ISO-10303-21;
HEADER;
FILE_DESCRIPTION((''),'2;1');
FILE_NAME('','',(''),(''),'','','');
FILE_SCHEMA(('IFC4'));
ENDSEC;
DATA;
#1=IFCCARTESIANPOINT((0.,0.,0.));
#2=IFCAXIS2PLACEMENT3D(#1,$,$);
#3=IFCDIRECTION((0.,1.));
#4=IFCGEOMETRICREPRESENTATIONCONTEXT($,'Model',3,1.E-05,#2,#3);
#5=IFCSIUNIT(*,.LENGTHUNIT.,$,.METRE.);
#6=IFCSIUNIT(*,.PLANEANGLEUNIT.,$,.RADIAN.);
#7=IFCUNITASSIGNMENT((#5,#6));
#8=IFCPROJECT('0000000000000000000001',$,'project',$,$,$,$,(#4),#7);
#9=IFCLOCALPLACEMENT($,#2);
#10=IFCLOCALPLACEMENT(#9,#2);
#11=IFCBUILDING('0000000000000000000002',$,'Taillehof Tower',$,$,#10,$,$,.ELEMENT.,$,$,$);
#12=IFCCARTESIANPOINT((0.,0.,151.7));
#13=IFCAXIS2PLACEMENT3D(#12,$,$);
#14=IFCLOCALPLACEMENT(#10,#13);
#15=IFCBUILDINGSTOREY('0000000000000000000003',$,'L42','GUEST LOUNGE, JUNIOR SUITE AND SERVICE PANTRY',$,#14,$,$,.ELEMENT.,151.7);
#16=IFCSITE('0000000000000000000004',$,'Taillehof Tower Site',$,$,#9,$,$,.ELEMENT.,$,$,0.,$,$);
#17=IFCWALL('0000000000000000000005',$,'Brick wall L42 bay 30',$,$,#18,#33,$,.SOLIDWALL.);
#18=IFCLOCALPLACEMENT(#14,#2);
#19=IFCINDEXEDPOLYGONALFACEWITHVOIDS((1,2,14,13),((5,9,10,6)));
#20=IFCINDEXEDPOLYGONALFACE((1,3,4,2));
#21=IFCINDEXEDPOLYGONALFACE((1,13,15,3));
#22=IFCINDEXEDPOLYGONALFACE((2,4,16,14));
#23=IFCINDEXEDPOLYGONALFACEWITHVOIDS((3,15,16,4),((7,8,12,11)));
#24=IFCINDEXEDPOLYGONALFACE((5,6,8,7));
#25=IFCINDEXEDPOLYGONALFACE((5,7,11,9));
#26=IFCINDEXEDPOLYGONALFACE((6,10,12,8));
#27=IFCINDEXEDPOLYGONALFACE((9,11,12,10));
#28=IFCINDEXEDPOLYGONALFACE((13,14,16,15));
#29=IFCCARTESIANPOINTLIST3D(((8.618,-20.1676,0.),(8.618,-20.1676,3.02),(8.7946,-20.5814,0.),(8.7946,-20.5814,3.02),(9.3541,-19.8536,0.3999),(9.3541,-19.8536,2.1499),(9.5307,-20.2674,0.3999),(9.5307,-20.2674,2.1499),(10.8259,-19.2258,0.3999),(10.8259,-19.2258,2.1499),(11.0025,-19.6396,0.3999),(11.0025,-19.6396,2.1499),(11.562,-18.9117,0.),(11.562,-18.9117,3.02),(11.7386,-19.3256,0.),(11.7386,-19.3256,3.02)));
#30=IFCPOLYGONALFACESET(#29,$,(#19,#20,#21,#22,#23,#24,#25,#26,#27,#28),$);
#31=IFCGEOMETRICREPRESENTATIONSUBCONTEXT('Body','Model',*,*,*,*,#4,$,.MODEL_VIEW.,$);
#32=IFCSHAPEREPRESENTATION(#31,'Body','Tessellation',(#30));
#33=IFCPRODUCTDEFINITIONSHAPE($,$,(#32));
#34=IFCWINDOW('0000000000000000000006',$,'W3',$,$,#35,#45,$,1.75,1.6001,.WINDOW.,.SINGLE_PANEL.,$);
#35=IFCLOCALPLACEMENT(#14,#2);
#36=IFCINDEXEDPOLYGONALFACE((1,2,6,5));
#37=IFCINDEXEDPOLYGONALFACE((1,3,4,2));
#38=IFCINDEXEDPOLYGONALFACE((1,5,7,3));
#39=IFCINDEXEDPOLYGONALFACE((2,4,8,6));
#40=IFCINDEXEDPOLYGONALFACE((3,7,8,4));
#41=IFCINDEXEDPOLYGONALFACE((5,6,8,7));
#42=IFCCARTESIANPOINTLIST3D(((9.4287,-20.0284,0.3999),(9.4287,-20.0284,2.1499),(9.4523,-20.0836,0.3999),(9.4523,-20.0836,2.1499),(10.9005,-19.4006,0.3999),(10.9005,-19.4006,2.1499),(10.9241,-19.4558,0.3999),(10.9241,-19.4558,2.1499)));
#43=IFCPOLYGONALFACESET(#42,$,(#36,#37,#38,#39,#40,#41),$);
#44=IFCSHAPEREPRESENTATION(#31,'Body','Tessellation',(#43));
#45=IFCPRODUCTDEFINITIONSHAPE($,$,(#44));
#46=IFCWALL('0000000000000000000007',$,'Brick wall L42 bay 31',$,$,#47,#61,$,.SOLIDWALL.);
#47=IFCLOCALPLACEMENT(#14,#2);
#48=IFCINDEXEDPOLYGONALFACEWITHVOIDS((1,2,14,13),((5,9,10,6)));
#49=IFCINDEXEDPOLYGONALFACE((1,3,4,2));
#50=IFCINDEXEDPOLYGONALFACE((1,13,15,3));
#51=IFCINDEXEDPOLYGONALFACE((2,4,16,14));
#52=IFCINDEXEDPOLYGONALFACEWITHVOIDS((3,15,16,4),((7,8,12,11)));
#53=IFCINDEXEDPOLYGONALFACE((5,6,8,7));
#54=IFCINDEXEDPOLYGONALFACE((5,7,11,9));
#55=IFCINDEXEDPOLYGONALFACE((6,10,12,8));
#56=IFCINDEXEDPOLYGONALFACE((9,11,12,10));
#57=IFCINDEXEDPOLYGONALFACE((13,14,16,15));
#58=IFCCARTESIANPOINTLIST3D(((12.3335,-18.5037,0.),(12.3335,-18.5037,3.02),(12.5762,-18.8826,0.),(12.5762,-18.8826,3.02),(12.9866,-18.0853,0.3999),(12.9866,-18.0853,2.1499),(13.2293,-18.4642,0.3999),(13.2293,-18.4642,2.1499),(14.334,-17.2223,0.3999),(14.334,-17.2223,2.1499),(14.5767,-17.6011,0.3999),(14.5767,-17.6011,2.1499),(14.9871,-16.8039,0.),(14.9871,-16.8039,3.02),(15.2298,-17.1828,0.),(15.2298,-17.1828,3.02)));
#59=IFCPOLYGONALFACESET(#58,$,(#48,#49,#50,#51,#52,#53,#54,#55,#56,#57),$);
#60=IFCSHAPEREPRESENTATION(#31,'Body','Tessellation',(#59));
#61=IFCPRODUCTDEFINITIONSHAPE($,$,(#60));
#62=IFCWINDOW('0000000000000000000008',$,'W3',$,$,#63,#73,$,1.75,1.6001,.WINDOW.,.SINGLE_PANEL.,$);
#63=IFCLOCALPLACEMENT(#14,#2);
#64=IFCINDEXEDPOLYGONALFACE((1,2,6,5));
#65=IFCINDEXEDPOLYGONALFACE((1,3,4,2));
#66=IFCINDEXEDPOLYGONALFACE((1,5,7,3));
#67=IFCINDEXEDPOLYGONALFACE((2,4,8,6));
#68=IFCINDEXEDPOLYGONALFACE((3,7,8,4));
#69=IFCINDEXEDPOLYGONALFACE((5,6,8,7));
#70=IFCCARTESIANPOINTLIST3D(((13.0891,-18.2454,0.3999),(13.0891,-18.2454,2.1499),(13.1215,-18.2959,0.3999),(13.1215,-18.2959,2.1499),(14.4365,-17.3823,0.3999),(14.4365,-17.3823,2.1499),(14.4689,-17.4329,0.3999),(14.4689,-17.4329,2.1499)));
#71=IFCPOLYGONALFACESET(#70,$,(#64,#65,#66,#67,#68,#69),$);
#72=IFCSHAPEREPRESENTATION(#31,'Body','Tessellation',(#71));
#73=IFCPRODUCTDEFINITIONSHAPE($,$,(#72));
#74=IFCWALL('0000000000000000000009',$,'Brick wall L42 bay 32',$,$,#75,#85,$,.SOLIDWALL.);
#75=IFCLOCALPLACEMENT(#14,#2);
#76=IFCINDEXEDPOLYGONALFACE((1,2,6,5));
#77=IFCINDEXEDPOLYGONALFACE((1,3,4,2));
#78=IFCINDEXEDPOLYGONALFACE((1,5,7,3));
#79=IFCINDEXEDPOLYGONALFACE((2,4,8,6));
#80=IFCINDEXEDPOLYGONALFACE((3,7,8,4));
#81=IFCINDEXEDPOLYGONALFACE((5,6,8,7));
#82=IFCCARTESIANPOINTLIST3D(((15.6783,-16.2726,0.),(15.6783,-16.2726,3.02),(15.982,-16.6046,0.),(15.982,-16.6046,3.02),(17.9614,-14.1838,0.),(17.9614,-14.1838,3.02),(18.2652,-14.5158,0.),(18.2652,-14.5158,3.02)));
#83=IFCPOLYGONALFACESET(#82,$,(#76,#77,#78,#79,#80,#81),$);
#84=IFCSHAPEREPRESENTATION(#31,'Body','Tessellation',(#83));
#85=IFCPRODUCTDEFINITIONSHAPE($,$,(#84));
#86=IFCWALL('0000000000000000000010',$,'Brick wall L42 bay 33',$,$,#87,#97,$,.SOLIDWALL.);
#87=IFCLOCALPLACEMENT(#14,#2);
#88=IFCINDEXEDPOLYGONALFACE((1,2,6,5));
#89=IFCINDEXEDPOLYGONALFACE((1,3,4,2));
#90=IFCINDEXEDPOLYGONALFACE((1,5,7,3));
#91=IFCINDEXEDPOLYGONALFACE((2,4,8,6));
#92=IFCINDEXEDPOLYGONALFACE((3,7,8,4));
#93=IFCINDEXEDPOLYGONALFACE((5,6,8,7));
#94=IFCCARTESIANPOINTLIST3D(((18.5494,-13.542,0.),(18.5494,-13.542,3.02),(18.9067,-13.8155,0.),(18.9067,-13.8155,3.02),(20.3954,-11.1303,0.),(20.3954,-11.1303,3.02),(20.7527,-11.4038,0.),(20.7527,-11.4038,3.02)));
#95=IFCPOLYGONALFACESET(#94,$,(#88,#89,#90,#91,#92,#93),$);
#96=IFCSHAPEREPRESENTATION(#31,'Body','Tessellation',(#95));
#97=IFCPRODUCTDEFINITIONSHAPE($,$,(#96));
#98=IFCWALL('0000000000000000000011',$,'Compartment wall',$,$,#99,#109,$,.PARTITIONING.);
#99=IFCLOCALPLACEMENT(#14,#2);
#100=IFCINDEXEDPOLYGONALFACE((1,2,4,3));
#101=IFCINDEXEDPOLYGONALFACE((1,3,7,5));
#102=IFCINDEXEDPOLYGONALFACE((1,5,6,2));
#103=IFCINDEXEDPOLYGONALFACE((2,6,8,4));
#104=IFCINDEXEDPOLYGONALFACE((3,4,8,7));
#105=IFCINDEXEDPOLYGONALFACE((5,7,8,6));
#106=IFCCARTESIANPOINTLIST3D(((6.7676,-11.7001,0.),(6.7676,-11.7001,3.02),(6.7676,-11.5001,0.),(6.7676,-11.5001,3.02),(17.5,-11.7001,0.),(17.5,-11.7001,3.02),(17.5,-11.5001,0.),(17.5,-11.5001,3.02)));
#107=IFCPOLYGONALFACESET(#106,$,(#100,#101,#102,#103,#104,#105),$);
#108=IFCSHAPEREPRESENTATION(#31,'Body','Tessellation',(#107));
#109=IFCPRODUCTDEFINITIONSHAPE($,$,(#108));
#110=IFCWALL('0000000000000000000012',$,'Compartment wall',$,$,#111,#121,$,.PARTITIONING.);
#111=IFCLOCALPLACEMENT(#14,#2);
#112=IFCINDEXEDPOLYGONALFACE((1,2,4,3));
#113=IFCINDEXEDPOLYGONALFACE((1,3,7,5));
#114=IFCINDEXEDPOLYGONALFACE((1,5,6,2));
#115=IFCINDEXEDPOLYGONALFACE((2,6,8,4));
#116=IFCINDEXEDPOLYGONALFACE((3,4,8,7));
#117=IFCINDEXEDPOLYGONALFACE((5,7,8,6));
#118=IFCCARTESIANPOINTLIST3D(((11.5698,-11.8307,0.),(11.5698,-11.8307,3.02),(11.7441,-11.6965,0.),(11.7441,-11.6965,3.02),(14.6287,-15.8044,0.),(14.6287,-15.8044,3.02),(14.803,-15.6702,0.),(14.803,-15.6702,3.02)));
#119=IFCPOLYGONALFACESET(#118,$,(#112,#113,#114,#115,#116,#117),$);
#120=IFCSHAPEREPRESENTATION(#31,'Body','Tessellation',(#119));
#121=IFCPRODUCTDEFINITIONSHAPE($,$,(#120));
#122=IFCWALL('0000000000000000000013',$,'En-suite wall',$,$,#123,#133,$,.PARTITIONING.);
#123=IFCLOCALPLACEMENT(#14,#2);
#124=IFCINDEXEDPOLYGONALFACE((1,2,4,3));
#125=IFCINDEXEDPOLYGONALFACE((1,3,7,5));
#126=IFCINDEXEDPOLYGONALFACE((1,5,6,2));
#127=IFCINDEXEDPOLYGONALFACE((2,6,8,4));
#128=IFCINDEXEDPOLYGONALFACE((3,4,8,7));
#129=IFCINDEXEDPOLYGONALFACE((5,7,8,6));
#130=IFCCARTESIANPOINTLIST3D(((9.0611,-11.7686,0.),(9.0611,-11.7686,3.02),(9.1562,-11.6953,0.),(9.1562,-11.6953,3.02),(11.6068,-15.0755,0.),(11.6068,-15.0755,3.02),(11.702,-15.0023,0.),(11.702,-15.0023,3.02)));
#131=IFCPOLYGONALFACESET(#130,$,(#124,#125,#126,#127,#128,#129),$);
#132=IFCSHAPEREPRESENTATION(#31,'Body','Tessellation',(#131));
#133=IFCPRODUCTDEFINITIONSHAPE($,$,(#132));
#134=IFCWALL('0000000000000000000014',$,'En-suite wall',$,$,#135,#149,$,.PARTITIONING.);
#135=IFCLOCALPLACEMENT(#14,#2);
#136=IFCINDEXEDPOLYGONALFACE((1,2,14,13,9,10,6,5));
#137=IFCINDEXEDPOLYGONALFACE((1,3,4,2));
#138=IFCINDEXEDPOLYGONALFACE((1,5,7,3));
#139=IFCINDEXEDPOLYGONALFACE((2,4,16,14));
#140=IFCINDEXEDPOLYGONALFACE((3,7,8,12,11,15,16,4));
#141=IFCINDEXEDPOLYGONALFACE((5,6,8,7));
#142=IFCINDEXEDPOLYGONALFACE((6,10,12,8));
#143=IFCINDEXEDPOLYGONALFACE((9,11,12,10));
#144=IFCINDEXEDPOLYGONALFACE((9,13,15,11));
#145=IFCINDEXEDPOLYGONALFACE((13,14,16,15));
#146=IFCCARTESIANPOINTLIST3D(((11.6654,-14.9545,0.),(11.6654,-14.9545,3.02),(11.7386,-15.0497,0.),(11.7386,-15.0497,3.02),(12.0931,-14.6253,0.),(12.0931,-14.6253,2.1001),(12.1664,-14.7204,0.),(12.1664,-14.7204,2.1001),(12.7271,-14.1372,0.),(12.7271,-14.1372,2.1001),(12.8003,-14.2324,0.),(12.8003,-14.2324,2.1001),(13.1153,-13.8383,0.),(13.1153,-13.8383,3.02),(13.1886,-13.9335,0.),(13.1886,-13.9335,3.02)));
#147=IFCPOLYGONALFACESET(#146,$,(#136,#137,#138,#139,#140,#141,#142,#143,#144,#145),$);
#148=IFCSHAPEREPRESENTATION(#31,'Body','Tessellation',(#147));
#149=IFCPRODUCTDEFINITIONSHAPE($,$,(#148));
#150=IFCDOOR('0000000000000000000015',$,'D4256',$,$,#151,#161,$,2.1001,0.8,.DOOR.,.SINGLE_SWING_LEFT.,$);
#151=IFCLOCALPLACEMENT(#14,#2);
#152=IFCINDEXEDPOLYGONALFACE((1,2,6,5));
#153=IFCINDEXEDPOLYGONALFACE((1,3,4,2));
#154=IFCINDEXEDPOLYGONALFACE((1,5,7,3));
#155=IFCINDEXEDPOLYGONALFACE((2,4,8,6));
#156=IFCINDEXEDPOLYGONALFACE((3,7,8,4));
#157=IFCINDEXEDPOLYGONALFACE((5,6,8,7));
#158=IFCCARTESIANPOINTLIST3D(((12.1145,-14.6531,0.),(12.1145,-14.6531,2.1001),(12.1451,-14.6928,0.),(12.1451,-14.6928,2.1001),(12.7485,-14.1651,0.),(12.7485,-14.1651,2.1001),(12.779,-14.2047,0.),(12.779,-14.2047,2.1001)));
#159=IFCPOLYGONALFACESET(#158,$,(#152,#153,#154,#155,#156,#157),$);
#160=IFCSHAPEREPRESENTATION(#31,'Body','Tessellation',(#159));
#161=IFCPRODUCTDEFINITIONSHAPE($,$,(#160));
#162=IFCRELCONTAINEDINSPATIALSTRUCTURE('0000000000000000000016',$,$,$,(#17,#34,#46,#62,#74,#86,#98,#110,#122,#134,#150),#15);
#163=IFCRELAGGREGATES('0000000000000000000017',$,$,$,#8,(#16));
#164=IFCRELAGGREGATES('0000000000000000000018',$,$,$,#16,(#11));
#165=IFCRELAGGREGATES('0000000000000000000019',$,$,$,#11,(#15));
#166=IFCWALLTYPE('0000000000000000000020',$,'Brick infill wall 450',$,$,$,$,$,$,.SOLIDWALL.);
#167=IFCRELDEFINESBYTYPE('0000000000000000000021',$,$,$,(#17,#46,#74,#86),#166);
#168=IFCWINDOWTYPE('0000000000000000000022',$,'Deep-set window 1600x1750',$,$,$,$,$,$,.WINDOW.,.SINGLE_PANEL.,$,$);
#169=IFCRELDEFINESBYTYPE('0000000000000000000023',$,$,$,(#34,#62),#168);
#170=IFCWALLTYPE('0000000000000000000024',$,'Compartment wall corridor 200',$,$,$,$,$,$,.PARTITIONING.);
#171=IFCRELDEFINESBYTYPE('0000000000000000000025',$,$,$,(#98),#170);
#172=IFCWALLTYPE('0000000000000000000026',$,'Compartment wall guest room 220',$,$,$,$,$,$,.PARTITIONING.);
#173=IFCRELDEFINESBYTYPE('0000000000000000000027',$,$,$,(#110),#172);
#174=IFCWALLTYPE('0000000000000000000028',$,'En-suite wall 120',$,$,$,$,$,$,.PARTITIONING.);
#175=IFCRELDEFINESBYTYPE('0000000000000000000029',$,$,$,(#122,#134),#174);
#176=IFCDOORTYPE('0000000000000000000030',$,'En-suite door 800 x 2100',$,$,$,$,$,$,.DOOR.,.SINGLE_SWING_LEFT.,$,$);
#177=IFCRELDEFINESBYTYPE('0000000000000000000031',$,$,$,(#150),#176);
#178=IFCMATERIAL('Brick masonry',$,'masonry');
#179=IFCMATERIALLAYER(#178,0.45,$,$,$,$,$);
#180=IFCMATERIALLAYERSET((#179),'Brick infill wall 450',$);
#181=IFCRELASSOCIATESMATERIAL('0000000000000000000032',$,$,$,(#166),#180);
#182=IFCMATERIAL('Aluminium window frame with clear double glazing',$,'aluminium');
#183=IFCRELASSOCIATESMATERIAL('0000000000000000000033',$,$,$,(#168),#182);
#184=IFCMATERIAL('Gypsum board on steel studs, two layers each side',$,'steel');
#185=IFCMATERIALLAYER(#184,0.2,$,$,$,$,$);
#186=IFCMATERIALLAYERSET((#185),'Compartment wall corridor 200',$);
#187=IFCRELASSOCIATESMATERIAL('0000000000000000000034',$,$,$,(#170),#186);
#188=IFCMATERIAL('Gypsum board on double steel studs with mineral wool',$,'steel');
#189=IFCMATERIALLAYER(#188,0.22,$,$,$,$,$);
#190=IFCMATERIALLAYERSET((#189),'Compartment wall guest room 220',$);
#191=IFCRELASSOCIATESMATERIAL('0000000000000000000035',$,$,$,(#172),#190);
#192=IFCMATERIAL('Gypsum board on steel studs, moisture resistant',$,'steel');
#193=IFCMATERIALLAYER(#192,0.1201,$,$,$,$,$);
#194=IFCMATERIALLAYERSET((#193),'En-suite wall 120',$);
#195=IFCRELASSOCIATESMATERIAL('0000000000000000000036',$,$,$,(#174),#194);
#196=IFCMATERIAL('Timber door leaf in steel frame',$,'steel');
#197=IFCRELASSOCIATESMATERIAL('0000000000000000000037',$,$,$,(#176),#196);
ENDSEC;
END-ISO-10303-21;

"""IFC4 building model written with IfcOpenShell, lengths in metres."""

from ifc_helpers import new_model, si_unit, direction, frame, frame_2d, origin, place, context, subcontext, project, spatial, rectangle, extrude, material, layer, layer_set, type_object, element, fill, save


model = new_model("IFC4")

# Units and contexts
model_context = context("Model", 3, precision=1e-05, world=origin(), true_north=direction((0.0, 1.0)))
body_context = subcontext(model_context, "Body", "Model", "MODEL_VIEW")
ifc_project = project(units=[si_unit("LENGTHUNIT", "METRE"), si_unit("PLANEANGLEUNIT", "RADIAN")], contexts=[model_context])

# Site, building, storey
site_placement = place(None, origin())
site = spatial("IfcSite", under=ifc_project, at=site_placement, Name="Taillehof Tower Site", CompositionType="ELEMENT", RefElevation=0.0)
building_placement = place(site_placement, origin())
building = spatial("IfcBuilding", under=site, at=building_placement, Name="Taillehof Tower", CompositionType="ELEMENT")
storey_placement = place(building_placement, frame((0.0, 0.0, 151.7)))
storey = spatial("IfcBuildingStorey", under=building, at=storey_placement, Name="L42", Description="GUEST LOUNGE, JUNIOR SUITE AND SERVICE PANTRY", CompositionType="ELEMENT", Elevation=151.7)

# Walls, openings, windows
ifc_material_1 = material(Name="Brick masonry", Category="masonry")
ifc_layer_1 = layer(ifc_material_1, 0.45)
ifc_layer_set_1 = layer_set([ifc_layer_1], Name="Brick infill wall 450")
wall_type_1 = type_object("IfcWallType", Name="Brick infill wall 450", PredefinedType="SOLIDWALL", material=ifc_layer_set_1)
wall_1_placement = place(storey_placement, frame((8.7063, -20.3745, 0.0), z_axis=(0.0, 0.0, 1.0), x_axis=(0.91981, 0.392363, 0.0)))
wall_1 = element("IfcWall", 1, at=wall_1_placement, inside=storey, type_object=wall_type_1, Name="Brick wall L42 bay 30", PredefinedType="SOLIDWALL", context=body_context, shape_type="SweptSolid", body=[
    extrude(rectangle(XDim=3.2007, YDim=0.45, at=frame_2d((1.6003, 0.0))), origin(), (0.0, 0.0, 1.0), 3.02),
])
opening_1_placement = place(wall_1_placement, frame((0.8003, 0.0, 0.3999)))
opening_1 = element("IfcOpeningElement", 2, at=opening_1_placement, cuts=wall_1, PredefinedType="OPENING", context=body_context, shape_type="SweptSolid", body=[
    extrude(rectangle(XDim=1.6001, YDim=1.75, at=frame_2d((0.8, 0.875))), frame((0.0, 0.2349, 0.0), z_axis=(0.0, -1.0, 0.0), x_axis=(1.0, 0.0, 0.0)), (0.0, 0.0, 1.0), 0.47),
])
ifc_material_2 = material(Name="Aluminium window frame with clear double glazing", Category="aluminium")
window_type = type_object("IfcWindowType", Name="Deep-set window 1600x1750", PartitioningType="SINGLE_PANEL", PredefinedType="WINDOW", material=ifc_material_2)
window_1_placement = place(opening_1_placement, origin())
window_1 = element("IfcWindow", 3, at=window_1_placement, inside=storey, type_object=window_type, Name="W3", OverallHeight=1.75, OverallWidth=1.6001, PartitioningType="SINGLE_PANEL", PredefinedType="WINDOW", context=body_context, shape_type="SweptSolid", body=[
    extrude(rectangle(XDim=1.6001, YDim=1.75, at=frame_2d((0.8, 0.875))), frame((0.0, 0.0349, 0.0), z_axis=(0.0, -1.0, 0.0), x_axis=(1.0, 0.0, 0.0)), (0.0, 0.0, 1.0), 0.0601),
])
fill(opening_1, window_1)
wall_2_placement = place(storey_placement, frame((12.4548, -18.6931, 0.0), z_axis=(0.0, 0.0, 1.0), x_axis=(0.842066, 0.539375, 0.0)))
wall_2 = element("IfcWall", 4, at=wall_2_placement, inside=storey, type_object=wall_type_1, Name="Brick wall L42 bay 31", PredefinedType="SOLIDWALL", context=body_context, shape_type="SweptSolid", body=[
    extrude(rectangle(XDim=3.1514, YDim=0.45, at=frame_2d((1.5757, 0.0))), origin(), (0.0, 0.0, 1.0), 3.02),
])
opening_2_placement = place(wall_2_placement, frame((0.7756, 0.0, 0.3999)))
opening_2 = element("IfcOpeningElement", 5, at=opening_2_placement, cuts=wall_2, PredefinedType="OPENING", context=body_context, shape_type="SweptSolid", body=[
    extrude(rectangle(XDim=1.6001, YDim=1.75, at=frame_2d((0.8, 0.875))), frame((0.0, 0.2349, 0.0), z_axis=(0.0, -1.0, 0.0), x_axis=(1.0, 0.0, 0.0)), (0.0, 0.0, 1.0), 0.47),
])
window_2_placement = place(opening_2_placement, origin())
window_2 = element("IfcWindow", 6, at=window_2_placement, inside=storey, type_object=window_type, Name="W3", OverallHeight=1.75, OverallWidth=1.6001, PartitioningType="SINGLE_PANEL", PredefinedType="WINDOW", context=body_context, shape_type="SweptSolid", body=[
    extrude(rectangle(XDim=1.6001, YDim=1.75, at=frame_2d((0.8, 0.875))), frame((0.0, 0.0349, 0.0), z_axis=(0.0, -1.0, 0.0), x_axis=(1.0, 0.0, 0.0)), (0.0, 0.0, 1.0), 0.0601),
])
fill(opening_2, window_2)

# Walls
wall_3_placement = place(storey_placement, frame((15.8301, -16.4387, 0.0), z_axis=(0.0, 0.0, 1.0), x_axis=(0.737809, 0.67501, 0.0)))
element("IfcWall", 7, at=wall_3_placement, inside=storey, type_object=wall_type_1, Name="Brick wall L42 bay 32", PredefinedType="SOLIDWALL", context=body_context, shape_type="SweptSolid", body=[
    extrude(rectangle(XDim=3.0945, YDim=0.45, at=frame_2d((1.5474, 0.0))), origin(), (0.0, 0.0, 1.0), 3.02),
])
wall_4_placement = place(storey_placement, frame((18.728, -13.6787, 0.0), z_axis=(0.0, 0.0, 1.0), x_axis=(0.607817, 0.794077, 0.0)))
element("IfcWall", 8, at=wall_4_placement, inside=storey, type_object=wall_type_1, Name="Brick wall L42 bay 33", PredefinedType="SOLIDWALL", context=body_context, shape_type="SweptSolid", body=[
    extrude(rectangle(XDim=3.0371, YDim=0.45, at=frame_2d((1.5186, 0.0))), origin(), (0.0, 0.0, 1.0), 3.02),
])
ifc_material_3 = material(Name="Gypsum board on steel studs, two layers each side", Category="steel")
ifc_layer_2 = layer(ifc_material_3, 0.2)
ifc_layer_set_2 = layer_set([ifc_layer_2], Name="Compartment wall corridor 200")
wall_type_2 = type_object("IfcWallType", Name="Compartment wall corridor 200", PredefinedType="PARTITIONING", material=ifc_layer_set_2)
wall_5_placement = place(storey_placement, frame((17.5, -11.6001, 0.0), z_axis=(0.0, 0.0, 1.0), x_axis=(-1.0, 0.0, 0.0)))
element("IfcWall", 9, at=wall_5_placement, inside=storey, type_object=wall_type_2, Name="Compartment wall", PredefinedType="PARTITIONING", context=body_context, shape_type="SweptSolid", body=[
    extrude(rectangle(XDim=10.7324, YDim=0.2, at=frame_2d((5.3662, 0.0))), origin(), (0.0, 0.0, 1.0), 3.02),
])
ifc_material_4 = material(Name="Gypsum board on double steel studs with mineral wool", Category="steel")
ifc_layer_3 = layer(ifc_material_4, 0.22)
ifc_layer_set_3 = layer_set([ifc_layer_3], Name="Compartment wall guest room 220")
wall_type_3 = type_object("IfcWallType", Name="Compartment wall guest room 220", PredefinedType="PARTITIONING", material=ifc_layer_set_3)
wall_6_placement = place(storey_placement, frame((14.7158, -15.7373, 0.0), z_axis=(0.0, 0.0, 1.0), x_axis=(-0.609986, 0.792412, 0.0)))
element("IfcWall", 10, at=wall_6_placement, inside=storey, type_object=wall_type_3, Name="Compartment wall", PredefinedType="PARTITIONING", context=body_context, shape_type="SweptSolid", body=[
    extrude(rectangle(XDim=5.0146, YDim=0.22, at=frame_2d((2.5073, 0.0))), origin(), (0.0, 0.0, 1.0), 3.02),
])
ifc_material_5 = material(Name="Gypsum board on steel studs, moisture resistant", Category="steel")
ifc_layer_4 = layer(ifc_material_5, 0.1201)
ifc_layer_set_4 = layer_set([ifc_layer_4], Name="En-suite wall 120")
wall_type_4 = type_object("IfcWallType", Name="En-suite wall 120", PredefinedType="PARTITIONING", material=ifc_layer_set_4)
wall_7_placement = place(storey_placement, frame((9.1086, -11.7319, 0.0), z_axis=(0.0, 0.0, 1.0), x_axis=(0.609996, -0.792404, 0.0)))
element("IfcWall", 11, at=wall_7_placement, inside=storey, type_object=wall_type_4, Name="En-suite wall", PredefinedType="PARTITIONING", context=body_context, shape_type="SweptSolid", body=[
    extrude(rectangle(XDim=4.1733, YDim=0.1201, at=frame_2d((2.0867, 0.0))), origin(), (0.0, 0.0, 1.0), 3.02),
])

# Wall, opening, door
wall_8_placement = place(storey_placement, frame((11.7019, -15.0022, 0.0), z_axis=(0.0, 0.0, 1.0), x_axis=(0.792396, 0.610007, 0.0)))
wall_8 = element("IfcWall", 12, at=wall_8_placement, inside=storey, type_object=wall_type_4, Name="En-suite wall", PredefinedType="PARTITIONING", context=body_context, shape_type="SweptSolid", body=[
    extrude(rectangle(XDim=1.8298, YDim=0.1201, at=frame_2d((0.915, 0.0))), origin(), (0.0, 0.0, 1.0), 3.02),
])
opening_3_placement = place(wall_8_placement, frame((0.54, 0.0, 0.0)))
opening_3 = element("IfcOpeningElement", 13, at=opening_3_placement, cuts=wall_8, PredefinedType="OPENING", context=body_context, shape_type="SweptSolid", body=[
    extrude(rectangle(XDim=0.8, YDim=2.1001, at=frame_2d((0.3999, 1.05))), frame((0.0, 0.0701, 0.0), z_axis=(0.0, -1.0, 0.0), x_axis=(1.0, 0.0, 0.0)), (0.0, 0.0, 1.0), 0.1401),
])
ifc_material_6 = material(Name="Timber door leaf in steel frame", Category="steel")
door_type = type_object("IfcDoorType", Name="En-suite door 800 x 2100", OperationType="SINGLE_SWING_LEFT", PredefinedType="DOOR", material=ifc_material_6)
door_placement = place(opening_3_placement, origin())
door = element("IfcDoor", 14, at=door_placement, inside=storey, type_object=door_type, Name="D4256", OperationType="SINGLE_SWING_LEFT", OverallHeight=2.1001, OverallWidth=0.8, PredefinedType="DOOR", context=body_context, shape_type="SweptSolid", body=[
    extrude(rectangle(XDim=0.8, YDim=2.1001, at=frame_2d((0.3999, 1.05))), frame((0.0, 0.0249, 0.0), z_axis=(0.0, -1.0, 0.0), x_axis=(1.0, 0.0, 0.0)), (0.0, 0.0, 1.0), 0.05),
])
fill(opening_3, door)

save(model, "model.ifc")
